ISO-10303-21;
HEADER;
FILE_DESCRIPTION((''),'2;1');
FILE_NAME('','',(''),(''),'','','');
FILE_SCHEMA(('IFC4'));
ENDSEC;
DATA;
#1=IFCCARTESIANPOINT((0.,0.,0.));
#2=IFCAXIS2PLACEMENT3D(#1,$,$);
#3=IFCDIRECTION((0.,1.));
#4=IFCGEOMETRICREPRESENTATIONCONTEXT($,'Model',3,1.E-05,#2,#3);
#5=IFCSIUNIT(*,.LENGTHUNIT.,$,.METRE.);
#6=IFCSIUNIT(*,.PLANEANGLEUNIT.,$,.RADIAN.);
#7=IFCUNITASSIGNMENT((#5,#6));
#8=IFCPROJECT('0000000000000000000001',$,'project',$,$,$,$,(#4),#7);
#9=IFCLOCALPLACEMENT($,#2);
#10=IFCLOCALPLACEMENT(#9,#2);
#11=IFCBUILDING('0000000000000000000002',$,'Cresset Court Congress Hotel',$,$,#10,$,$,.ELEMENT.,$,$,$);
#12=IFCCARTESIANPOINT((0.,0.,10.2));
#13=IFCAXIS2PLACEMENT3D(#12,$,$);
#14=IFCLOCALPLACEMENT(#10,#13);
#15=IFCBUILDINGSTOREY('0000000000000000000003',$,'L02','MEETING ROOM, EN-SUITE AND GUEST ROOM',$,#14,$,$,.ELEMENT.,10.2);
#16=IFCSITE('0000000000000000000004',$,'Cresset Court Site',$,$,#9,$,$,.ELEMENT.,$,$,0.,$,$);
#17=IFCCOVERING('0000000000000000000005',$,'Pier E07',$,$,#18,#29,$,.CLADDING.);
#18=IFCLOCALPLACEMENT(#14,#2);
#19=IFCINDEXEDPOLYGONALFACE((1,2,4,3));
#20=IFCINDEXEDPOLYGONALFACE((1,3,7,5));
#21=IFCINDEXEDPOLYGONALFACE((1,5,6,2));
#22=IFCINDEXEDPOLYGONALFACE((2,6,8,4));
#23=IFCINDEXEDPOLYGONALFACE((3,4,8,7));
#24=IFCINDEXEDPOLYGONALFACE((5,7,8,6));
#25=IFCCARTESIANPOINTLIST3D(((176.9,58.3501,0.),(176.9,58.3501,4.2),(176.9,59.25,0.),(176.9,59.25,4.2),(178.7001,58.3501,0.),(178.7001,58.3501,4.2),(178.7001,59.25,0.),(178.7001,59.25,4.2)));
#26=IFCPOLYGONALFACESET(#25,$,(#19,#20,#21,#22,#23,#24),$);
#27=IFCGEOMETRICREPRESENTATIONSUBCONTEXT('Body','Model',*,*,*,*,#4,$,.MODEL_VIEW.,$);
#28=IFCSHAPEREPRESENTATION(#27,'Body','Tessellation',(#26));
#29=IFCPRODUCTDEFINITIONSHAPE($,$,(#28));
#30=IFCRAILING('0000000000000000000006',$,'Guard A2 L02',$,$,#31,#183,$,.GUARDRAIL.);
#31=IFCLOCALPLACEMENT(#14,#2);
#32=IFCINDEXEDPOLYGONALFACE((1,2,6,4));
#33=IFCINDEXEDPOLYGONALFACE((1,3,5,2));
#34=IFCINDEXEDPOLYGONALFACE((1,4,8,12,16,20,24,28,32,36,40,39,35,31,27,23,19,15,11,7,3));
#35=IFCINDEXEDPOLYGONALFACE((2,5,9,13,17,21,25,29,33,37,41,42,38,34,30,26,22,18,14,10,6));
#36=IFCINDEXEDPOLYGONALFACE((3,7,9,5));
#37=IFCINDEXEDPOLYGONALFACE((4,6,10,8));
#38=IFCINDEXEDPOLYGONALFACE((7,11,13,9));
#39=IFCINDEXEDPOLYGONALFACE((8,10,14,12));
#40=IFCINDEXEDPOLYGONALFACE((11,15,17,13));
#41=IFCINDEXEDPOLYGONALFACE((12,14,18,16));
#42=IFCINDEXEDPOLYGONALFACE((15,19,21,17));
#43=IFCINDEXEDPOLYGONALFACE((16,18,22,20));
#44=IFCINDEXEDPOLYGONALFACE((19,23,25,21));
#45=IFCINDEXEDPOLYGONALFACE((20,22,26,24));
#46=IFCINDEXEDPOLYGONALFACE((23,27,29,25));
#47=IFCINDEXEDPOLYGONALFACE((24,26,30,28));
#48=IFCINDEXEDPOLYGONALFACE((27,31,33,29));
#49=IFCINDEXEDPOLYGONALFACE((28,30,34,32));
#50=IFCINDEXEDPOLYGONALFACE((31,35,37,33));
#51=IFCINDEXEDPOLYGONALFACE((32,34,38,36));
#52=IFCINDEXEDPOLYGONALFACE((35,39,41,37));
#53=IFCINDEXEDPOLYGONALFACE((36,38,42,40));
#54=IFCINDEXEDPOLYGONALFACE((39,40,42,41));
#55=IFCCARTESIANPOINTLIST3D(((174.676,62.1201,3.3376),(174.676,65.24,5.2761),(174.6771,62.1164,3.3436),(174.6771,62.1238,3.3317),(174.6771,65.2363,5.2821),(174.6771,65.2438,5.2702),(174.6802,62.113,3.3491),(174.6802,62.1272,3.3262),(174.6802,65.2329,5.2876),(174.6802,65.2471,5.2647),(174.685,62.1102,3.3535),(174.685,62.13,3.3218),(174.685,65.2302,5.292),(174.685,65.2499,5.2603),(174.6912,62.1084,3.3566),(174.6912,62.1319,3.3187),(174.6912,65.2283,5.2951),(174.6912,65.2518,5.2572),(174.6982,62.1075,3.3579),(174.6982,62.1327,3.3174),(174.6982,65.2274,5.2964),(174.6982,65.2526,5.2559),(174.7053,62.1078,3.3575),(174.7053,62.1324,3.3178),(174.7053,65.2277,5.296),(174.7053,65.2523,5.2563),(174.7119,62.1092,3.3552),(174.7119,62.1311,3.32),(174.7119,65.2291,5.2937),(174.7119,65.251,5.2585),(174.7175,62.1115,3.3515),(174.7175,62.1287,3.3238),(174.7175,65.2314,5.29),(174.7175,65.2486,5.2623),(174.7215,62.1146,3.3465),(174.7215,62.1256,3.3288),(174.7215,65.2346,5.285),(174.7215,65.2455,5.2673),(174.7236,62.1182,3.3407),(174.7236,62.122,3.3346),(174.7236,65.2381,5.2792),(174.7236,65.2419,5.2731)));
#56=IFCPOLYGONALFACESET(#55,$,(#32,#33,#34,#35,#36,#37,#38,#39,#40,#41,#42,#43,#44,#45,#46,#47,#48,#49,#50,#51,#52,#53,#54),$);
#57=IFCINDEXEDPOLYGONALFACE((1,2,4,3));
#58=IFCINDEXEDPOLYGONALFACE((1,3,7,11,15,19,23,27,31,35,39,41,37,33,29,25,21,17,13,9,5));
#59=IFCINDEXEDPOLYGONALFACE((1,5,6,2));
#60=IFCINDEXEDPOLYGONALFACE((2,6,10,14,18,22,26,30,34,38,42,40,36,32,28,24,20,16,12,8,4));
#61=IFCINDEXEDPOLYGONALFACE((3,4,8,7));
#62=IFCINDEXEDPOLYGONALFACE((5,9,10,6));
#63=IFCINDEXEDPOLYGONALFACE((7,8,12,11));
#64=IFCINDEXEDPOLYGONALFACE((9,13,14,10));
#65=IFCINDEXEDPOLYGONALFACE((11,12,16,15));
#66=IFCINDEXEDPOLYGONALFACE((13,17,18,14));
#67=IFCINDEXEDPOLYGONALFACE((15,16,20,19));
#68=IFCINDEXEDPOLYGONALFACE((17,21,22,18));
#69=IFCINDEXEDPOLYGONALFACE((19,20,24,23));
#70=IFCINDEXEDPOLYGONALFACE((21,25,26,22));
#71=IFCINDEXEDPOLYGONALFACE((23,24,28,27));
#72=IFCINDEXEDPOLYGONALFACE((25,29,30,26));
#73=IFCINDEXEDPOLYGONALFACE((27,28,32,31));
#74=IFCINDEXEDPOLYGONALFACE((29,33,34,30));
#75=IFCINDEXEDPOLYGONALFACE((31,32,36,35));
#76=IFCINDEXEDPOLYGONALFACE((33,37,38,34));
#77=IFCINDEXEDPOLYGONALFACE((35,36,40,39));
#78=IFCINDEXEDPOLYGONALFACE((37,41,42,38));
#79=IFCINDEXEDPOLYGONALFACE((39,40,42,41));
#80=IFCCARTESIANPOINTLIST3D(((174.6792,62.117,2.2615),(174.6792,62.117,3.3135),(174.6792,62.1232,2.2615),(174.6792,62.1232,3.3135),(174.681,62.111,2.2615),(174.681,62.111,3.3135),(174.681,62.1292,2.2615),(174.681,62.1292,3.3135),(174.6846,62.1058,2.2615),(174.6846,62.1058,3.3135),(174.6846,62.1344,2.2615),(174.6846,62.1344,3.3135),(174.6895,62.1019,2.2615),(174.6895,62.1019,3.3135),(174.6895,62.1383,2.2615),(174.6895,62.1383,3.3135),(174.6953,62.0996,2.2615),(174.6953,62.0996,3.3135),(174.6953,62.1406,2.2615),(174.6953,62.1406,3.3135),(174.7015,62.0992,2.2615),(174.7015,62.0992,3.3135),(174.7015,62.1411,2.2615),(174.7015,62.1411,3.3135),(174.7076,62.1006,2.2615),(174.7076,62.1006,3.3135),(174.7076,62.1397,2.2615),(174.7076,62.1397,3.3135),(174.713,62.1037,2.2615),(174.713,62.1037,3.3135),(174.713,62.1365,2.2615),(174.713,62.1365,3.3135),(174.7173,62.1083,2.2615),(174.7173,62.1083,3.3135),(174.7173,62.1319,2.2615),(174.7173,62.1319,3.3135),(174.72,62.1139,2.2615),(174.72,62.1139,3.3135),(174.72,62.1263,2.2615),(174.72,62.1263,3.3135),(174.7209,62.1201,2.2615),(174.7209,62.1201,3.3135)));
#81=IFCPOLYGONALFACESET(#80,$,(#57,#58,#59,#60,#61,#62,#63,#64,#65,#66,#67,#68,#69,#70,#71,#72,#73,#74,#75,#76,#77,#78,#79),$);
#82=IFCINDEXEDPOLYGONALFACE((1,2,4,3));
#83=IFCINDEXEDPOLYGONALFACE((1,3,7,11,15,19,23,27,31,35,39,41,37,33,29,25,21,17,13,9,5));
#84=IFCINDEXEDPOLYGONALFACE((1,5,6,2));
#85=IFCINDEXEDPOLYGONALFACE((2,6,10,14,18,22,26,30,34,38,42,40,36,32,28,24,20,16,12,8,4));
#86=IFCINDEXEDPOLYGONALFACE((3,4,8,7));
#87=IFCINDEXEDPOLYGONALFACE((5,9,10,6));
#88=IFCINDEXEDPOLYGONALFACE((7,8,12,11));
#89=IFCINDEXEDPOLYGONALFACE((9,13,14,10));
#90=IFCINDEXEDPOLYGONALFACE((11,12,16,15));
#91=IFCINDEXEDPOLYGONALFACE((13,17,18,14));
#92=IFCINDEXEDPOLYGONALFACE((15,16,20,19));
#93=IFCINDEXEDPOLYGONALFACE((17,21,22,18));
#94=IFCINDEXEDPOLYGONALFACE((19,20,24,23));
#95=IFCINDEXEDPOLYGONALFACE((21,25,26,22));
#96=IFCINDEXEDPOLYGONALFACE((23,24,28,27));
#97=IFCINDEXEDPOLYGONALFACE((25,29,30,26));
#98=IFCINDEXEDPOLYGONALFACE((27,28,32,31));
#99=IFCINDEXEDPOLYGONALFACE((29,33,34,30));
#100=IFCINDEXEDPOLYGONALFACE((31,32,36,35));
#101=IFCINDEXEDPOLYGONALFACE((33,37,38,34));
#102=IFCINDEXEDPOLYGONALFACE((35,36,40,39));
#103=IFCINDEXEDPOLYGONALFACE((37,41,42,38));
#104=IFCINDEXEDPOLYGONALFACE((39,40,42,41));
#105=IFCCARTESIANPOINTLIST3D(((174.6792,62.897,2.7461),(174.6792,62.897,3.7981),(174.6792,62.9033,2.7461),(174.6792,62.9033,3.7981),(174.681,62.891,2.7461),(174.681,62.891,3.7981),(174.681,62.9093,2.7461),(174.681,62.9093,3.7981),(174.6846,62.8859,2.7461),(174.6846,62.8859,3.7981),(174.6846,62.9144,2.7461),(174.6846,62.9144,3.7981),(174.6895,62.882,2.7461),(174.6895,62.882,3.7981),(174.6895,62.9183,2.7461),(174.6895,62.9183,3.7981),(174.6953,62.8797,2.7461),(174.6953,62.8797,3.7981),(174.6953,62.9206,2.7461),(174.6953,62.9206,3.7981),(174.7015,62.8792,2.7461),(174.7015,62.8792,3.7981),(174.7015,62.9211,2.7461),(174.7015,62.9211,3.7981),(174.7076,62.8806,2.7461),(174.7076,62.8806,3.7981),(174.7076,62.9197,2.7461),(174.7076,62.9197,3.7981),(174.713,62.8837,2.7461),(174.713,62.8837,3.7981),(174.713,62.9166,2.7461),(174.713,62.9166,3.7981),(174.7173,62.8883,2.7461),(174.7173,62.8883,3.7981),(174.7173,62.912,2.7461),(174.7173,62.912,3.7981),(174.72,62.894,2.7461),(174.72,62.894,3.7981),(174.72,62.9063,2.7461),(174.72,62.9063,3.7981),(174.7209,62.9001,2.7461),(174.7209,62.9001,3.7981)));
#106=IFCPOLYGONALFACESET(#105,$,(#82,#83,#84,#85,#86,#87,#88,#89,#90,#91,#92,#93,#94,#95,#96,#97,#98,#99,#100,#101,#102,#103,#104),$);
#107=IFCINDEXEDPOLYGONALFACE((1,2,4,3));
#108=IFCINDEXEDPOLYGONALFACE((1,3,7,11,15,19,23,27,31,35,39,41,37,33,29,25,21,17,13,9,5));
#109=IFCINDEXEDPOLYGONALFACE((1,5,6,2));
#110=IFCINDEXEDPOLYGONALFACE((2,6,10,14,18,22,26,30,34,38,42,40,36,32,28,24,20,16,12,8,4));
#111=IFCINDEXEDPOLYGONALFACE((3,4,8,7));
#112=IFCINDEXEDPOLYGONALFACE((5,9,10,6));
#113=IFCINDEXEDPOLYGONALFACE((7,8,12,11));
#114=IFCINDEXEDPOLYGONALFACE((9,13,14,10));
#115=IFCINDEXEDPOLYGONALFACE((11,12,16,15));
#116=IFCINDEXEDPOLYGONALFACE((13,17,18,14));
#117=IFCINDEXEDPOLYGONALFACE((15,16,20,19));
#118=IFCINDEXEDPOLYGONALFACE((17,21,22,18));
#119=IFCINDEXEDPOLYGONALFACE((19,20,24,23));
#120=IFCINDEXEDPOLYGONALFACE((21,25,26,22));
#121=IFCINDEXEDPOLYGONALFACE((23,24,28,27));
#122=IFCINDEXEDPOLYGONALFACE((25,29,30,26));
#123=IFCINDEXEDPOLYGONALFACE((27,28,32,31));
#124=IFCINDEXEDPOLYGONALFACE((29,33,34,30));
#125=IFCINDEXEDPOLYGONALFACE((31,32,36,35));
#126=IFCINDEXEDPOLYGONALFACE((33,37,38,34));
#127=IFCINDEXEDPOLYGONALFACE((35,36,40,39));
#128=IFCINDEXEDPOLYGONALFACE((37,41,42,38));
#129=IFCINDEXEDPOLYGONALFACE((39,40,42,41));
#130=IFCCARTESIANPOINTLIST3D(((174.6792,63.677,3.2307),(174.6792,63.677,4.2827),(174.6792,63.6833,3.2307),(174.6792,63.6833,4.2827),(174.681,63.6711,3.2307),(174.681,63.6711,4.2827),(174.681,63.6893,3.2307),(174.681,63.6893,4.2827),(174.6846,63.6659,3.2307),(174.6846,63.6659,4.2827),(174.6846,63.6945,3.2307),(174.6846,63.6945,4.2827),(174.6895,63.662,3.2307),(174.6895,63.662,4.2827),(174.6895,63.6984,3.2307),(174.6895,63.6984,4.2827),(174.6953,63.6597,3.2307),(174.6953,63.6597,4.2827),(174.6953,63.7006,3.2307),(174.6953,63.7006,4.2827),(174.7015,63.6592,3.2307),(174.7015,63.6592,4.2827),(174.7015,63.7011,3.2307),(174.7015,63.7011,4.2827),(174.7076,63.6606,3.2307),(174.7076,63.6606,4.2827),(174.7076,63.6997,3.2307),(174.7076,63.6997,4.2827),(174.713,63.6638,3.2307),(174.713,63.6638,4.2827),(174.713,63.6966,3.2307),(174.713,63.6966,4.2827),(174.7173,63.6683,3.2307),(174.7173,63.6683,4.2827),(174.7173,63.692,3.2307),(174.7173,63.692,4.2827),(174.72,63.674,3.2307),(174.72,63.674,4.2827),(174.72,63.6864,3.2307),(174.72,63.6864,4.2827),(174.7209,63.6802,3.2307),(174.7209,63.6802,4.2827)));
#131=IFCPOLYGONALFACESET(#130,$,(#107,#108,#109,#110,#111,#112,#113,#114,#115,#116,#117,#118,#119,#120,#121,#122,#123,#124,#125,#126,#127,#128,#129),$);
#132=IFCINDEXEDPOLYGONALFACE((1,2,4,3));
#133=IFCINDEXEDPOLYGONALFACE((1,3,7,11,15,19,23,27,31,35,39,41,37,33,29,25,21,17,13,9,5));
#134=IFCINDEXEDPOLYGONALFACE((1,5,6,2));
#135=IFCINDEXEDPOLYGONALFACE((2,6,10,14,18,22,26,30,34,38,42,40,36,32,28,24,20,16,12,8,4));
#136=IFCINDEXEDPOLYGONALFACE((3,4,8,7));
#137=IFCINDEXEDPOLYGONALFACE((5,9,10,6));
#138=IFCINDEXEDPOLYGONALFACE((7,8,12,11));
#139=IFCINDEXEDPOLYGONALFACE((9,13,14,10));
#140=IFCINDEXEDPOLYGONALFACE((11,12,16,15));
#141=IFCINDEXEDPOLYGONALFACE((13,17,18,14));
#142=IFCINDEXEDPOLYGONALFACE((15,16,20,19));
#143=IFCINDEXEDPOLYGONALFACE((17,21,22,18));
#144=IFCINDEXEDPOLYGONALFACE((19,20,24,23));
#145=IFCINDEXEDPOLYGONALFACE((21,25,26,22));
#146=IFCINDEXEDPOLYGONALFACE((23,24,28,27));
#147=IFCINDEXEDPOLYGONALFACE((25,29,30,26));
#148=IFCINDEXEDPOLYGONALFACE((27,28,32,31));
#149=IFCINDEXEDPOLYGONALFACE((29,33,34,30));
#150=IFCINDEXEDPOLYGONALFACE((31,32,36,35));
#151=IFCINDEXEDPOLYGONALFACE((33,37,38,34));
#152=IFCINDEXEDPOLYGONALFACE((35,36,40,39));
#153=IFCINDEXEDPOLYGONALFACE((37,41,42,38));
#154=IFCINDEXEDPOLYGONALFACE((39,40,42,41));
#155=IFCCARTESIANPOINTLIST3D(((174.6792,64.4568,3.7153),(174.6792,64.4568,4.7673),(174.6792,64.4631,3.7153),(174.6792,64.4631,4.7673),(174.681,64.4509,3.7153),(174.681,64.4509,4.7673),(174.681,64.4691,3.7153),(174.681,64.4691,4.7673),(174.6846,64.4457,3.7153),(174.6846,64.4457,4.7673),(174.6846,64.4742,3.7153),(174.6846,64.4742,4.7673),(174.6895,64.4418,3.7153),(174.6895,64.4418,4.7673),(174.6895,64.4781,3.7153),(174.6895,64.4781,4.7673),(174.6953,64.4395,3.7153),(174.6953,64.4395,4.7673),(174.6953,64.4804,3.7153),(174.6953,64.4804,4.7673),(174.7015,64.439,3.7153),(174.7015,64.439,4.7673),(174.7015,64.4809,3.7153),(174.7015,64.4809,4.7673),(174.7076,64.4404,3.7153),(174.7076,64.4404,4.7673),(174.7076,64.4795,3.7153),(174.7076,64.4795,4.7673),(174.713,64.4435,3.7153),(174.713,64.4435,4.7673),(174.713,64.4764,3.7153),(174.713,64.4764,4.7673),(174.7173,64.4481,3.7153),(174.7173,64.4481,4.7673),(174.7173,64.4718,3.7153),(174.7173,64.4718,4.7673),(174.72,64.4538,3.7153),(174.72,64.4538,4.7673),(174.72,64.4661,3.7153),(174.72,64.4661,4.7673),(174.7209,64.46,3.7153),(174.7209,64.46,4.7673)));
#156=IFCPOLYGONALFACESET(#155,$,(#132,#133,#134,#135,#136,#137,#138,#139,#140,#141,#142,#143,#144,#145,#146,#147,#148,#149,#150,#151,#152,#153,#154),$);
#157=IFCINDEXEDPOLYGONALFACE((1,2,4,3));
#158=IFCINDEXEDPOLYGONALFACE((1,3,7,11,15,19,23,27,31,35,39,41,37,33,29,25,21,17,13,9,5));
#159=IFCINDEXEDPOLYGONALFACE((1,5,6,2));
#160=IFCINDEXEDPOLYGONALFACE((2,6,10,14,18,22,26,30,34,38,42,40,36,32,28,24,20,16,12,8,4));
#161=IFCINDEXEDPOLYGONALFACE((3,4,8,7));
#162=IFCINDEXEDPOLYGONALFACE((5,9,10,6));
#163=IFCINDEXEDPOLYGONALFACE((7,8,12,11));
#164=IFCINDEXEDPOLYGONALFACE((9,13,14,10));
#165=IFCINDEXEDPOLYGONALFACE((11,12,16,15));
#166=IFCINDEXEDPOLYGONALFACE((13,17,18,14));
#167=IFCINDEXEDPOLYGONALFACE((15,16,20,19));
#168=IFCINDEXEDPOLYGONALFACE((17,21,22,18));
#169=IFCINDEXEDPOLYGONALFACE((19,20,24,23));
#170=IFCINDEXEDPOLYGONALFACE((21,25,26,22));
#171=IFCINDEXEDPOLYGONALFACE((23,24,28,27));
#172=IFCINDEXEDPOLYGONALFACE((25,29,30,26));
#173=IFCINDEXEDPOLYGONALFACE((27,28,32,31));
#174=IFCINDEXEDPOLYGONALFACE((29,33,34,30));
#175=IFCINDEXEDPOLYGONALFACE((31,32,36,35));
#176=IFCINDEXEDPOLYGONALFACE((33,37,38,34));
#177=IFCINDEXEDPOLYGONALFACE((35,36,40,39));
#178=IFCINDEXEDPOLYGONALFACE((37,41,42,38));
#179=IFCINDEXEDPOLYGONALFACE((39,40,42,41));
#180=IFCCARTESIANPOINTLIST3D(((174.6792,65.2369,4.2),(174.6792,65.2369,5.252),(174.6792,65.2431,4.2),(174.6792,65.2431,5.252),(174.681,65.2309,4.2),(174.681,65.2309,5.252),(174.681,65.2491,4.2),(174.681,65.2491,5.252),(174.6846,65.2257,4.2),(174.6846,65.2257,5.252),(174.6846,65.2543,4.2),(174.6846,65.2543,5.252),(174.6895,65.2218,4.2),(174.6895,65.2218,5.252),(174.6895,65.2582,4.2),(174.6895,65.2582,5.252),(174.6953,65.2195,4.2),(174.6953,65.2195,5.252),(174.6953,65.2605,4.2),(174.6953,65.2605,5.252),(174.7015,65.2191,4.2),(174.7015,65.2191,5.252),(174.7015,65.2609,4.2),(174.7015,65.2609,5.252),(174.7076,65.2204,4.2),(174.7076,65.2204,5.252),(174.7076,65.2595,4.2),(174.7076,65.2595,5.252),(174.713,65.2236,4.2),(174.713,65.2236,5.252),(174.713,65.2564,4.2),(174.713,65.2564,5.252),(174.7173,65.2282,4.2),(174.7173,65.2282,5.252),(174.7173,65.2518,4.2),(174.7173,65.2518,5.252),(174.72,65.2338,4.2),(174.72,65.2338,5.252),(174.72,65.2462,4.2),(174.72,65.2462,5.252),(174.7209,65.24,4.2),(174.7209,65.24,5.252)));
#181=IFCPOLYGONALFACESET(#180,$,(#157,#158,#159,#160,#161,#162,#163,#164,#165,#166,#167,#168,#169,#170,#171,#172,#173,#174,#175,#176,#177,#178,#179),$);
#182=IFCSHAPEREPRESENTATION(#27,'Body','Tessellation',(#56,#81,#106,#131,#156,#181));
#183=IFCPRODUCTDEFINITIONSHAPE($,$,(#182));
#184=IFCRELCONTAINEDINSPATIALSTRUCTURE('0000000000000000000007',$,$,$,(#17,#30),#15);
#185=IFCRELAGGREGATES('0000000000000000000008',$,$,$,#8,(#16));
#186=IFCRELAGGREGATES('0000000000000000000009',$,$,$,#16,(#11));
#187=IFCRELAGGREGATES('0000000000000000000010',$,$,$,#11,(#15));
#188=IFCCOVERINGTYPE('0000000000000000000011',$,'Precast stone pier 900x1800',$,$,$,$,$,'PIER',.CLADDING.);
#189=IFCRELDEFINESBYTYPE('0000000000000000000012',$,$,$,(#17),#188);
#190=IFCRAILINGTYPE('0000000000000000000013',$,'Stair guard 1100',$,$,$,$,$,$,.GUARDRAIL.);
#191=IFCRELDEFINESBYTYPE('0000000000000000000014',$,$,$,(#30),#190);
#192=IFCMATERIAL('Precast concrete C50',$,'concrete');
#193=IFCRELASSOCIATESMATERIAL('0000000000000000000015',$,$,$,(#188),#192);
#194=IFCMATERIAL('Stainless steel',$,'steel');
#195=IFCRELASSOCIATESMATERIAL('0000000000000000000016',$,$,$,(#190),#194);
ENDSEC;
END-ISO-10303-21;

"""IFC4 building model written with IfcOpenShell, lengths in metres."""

from ifc_helpers import new_model, si_unit, direction, frame, origin, origin_2d, place, context, subcontext, project, spatial, rectangle, circle, extrude, material, type_object, element, save


model = new_model("IFC4")

# Units and contexts
model_context = context("Model", 3, precision=1e-05, world=origin(), true_north=direction((0.0, 1.0)))
body_context = subcontext(model_context, "Body", "Model", "MODEL_VIEW")
ifc_project = project(units=[si_unit("LENGTHUNIT", "METRE"), si_unit("PLANEANGLEUNIT", "RADIAN")], contexts=[model_context])

# Site, building, storey
site_placement = place(None, origin())
site = spatial("IfcSite", under=ifc_project, at=site_placement, Name="Cresset Court Site", CompositionType="ELEMENT", RefElevation=0.0)
building_placement = place(site_placement, origin())
building = spatial("IfcBuilding", under=site, at=building_placement, Name="Cresset Court Congress Hotel", CompositionType="ELEMENT")
storey_placement = place(building_placement, frame((0.0, 0.0, 10.2)))
storey = spatial("IfcBuildingStorey", under=building, at=storey_placement, Name="L02", Description="MEETING ROOM, EN-SUITE AND GUEST ROOM", CompositionType="ELEMENT", Elevation=10.2)

# Covering
ifc_material_1 = material(Name="Precast concrete C50", Category="concrete")
covering_type_1 = type_object("IfcCoveringType", Name="Precast stone pier 900x1800", ElementType="PIER", PredefinedType="CLADDING", material=ifc_material_1)
covering_placement = place(storey_placement, frame((177.8, 58.8, 0.0), z_axis=(0.0, 0.0, 1.0), x_axis=(1.0, 0.0, 0.0)))
element("IfcCovering", 1, at=covering_placement, inside=storey, type_object=covering_type_1, Name="Pier E07", PredefinedType="CLADDING", context=body_context, shape_type="SweptSolid", body=[
    extrude(rectangle(XDim=1.8, YDim=0.8999, at=origin_2d()), origin(), (0.0, 0.0, 1.0), 4.2),
])

# Railing
ifc_material_2 = material(Name="Stainless steel", Category="steel")
railing_type_1 = type_object("IfcRailingType", Name="Stair guard 1100", PredefinedType="GUARDRAIL", material=ifc_material_2)
railing_1_placement = place(storey_placement, frame((174.7, 62.1201, 2.2615)))
element("IfcRailing", 2, at=railing_1_placement, inside=storey, type_object=railing_type_1, Name="Guard A2 L02", PredefinedType="GUARDRAIL", context=body_context, shape_type="SweptSolid", body=[
    extrude(circle(Radius=0.0239, at=origin_2d()), frame((0.0, 0.0, 1.0762), z_axis=(0.0, 0.849396, 0.527757), x_axis=(-1.0, 0.0, 0.0)), (0.0, 0.0, 1.0), 3.6731),
    extrude(circle(Radius=0.021, at=origin_2d()), origin(), (0.0, 0.0, 1.0), 1.052),
    extrude(circle(Radius=0.021, at=origin_2d()), frame((0.0, 0.78, 0.4846)), (0.0, 0.0, 1.0), 1.052),
    extrude(circle(Radius=0.021, at=origin_2d()), frame((0.0, 1.5601, 0.9692)), (0.0, 0.0, 1.0), 1.052),
    extrude(circle(Radius=0.021, at=origin_2d()), frame((0.0, 2.3398, 1.4539)), (0.0, 0.0, 1.0), 1.052),
    extrude(circle(Radius=0.021, at=origin_2d()), frame((0.0, 3.1199, 1.9385)), (0.0, 0.0, 1.0), 1.052),
])

save(model, "model.ifc")
